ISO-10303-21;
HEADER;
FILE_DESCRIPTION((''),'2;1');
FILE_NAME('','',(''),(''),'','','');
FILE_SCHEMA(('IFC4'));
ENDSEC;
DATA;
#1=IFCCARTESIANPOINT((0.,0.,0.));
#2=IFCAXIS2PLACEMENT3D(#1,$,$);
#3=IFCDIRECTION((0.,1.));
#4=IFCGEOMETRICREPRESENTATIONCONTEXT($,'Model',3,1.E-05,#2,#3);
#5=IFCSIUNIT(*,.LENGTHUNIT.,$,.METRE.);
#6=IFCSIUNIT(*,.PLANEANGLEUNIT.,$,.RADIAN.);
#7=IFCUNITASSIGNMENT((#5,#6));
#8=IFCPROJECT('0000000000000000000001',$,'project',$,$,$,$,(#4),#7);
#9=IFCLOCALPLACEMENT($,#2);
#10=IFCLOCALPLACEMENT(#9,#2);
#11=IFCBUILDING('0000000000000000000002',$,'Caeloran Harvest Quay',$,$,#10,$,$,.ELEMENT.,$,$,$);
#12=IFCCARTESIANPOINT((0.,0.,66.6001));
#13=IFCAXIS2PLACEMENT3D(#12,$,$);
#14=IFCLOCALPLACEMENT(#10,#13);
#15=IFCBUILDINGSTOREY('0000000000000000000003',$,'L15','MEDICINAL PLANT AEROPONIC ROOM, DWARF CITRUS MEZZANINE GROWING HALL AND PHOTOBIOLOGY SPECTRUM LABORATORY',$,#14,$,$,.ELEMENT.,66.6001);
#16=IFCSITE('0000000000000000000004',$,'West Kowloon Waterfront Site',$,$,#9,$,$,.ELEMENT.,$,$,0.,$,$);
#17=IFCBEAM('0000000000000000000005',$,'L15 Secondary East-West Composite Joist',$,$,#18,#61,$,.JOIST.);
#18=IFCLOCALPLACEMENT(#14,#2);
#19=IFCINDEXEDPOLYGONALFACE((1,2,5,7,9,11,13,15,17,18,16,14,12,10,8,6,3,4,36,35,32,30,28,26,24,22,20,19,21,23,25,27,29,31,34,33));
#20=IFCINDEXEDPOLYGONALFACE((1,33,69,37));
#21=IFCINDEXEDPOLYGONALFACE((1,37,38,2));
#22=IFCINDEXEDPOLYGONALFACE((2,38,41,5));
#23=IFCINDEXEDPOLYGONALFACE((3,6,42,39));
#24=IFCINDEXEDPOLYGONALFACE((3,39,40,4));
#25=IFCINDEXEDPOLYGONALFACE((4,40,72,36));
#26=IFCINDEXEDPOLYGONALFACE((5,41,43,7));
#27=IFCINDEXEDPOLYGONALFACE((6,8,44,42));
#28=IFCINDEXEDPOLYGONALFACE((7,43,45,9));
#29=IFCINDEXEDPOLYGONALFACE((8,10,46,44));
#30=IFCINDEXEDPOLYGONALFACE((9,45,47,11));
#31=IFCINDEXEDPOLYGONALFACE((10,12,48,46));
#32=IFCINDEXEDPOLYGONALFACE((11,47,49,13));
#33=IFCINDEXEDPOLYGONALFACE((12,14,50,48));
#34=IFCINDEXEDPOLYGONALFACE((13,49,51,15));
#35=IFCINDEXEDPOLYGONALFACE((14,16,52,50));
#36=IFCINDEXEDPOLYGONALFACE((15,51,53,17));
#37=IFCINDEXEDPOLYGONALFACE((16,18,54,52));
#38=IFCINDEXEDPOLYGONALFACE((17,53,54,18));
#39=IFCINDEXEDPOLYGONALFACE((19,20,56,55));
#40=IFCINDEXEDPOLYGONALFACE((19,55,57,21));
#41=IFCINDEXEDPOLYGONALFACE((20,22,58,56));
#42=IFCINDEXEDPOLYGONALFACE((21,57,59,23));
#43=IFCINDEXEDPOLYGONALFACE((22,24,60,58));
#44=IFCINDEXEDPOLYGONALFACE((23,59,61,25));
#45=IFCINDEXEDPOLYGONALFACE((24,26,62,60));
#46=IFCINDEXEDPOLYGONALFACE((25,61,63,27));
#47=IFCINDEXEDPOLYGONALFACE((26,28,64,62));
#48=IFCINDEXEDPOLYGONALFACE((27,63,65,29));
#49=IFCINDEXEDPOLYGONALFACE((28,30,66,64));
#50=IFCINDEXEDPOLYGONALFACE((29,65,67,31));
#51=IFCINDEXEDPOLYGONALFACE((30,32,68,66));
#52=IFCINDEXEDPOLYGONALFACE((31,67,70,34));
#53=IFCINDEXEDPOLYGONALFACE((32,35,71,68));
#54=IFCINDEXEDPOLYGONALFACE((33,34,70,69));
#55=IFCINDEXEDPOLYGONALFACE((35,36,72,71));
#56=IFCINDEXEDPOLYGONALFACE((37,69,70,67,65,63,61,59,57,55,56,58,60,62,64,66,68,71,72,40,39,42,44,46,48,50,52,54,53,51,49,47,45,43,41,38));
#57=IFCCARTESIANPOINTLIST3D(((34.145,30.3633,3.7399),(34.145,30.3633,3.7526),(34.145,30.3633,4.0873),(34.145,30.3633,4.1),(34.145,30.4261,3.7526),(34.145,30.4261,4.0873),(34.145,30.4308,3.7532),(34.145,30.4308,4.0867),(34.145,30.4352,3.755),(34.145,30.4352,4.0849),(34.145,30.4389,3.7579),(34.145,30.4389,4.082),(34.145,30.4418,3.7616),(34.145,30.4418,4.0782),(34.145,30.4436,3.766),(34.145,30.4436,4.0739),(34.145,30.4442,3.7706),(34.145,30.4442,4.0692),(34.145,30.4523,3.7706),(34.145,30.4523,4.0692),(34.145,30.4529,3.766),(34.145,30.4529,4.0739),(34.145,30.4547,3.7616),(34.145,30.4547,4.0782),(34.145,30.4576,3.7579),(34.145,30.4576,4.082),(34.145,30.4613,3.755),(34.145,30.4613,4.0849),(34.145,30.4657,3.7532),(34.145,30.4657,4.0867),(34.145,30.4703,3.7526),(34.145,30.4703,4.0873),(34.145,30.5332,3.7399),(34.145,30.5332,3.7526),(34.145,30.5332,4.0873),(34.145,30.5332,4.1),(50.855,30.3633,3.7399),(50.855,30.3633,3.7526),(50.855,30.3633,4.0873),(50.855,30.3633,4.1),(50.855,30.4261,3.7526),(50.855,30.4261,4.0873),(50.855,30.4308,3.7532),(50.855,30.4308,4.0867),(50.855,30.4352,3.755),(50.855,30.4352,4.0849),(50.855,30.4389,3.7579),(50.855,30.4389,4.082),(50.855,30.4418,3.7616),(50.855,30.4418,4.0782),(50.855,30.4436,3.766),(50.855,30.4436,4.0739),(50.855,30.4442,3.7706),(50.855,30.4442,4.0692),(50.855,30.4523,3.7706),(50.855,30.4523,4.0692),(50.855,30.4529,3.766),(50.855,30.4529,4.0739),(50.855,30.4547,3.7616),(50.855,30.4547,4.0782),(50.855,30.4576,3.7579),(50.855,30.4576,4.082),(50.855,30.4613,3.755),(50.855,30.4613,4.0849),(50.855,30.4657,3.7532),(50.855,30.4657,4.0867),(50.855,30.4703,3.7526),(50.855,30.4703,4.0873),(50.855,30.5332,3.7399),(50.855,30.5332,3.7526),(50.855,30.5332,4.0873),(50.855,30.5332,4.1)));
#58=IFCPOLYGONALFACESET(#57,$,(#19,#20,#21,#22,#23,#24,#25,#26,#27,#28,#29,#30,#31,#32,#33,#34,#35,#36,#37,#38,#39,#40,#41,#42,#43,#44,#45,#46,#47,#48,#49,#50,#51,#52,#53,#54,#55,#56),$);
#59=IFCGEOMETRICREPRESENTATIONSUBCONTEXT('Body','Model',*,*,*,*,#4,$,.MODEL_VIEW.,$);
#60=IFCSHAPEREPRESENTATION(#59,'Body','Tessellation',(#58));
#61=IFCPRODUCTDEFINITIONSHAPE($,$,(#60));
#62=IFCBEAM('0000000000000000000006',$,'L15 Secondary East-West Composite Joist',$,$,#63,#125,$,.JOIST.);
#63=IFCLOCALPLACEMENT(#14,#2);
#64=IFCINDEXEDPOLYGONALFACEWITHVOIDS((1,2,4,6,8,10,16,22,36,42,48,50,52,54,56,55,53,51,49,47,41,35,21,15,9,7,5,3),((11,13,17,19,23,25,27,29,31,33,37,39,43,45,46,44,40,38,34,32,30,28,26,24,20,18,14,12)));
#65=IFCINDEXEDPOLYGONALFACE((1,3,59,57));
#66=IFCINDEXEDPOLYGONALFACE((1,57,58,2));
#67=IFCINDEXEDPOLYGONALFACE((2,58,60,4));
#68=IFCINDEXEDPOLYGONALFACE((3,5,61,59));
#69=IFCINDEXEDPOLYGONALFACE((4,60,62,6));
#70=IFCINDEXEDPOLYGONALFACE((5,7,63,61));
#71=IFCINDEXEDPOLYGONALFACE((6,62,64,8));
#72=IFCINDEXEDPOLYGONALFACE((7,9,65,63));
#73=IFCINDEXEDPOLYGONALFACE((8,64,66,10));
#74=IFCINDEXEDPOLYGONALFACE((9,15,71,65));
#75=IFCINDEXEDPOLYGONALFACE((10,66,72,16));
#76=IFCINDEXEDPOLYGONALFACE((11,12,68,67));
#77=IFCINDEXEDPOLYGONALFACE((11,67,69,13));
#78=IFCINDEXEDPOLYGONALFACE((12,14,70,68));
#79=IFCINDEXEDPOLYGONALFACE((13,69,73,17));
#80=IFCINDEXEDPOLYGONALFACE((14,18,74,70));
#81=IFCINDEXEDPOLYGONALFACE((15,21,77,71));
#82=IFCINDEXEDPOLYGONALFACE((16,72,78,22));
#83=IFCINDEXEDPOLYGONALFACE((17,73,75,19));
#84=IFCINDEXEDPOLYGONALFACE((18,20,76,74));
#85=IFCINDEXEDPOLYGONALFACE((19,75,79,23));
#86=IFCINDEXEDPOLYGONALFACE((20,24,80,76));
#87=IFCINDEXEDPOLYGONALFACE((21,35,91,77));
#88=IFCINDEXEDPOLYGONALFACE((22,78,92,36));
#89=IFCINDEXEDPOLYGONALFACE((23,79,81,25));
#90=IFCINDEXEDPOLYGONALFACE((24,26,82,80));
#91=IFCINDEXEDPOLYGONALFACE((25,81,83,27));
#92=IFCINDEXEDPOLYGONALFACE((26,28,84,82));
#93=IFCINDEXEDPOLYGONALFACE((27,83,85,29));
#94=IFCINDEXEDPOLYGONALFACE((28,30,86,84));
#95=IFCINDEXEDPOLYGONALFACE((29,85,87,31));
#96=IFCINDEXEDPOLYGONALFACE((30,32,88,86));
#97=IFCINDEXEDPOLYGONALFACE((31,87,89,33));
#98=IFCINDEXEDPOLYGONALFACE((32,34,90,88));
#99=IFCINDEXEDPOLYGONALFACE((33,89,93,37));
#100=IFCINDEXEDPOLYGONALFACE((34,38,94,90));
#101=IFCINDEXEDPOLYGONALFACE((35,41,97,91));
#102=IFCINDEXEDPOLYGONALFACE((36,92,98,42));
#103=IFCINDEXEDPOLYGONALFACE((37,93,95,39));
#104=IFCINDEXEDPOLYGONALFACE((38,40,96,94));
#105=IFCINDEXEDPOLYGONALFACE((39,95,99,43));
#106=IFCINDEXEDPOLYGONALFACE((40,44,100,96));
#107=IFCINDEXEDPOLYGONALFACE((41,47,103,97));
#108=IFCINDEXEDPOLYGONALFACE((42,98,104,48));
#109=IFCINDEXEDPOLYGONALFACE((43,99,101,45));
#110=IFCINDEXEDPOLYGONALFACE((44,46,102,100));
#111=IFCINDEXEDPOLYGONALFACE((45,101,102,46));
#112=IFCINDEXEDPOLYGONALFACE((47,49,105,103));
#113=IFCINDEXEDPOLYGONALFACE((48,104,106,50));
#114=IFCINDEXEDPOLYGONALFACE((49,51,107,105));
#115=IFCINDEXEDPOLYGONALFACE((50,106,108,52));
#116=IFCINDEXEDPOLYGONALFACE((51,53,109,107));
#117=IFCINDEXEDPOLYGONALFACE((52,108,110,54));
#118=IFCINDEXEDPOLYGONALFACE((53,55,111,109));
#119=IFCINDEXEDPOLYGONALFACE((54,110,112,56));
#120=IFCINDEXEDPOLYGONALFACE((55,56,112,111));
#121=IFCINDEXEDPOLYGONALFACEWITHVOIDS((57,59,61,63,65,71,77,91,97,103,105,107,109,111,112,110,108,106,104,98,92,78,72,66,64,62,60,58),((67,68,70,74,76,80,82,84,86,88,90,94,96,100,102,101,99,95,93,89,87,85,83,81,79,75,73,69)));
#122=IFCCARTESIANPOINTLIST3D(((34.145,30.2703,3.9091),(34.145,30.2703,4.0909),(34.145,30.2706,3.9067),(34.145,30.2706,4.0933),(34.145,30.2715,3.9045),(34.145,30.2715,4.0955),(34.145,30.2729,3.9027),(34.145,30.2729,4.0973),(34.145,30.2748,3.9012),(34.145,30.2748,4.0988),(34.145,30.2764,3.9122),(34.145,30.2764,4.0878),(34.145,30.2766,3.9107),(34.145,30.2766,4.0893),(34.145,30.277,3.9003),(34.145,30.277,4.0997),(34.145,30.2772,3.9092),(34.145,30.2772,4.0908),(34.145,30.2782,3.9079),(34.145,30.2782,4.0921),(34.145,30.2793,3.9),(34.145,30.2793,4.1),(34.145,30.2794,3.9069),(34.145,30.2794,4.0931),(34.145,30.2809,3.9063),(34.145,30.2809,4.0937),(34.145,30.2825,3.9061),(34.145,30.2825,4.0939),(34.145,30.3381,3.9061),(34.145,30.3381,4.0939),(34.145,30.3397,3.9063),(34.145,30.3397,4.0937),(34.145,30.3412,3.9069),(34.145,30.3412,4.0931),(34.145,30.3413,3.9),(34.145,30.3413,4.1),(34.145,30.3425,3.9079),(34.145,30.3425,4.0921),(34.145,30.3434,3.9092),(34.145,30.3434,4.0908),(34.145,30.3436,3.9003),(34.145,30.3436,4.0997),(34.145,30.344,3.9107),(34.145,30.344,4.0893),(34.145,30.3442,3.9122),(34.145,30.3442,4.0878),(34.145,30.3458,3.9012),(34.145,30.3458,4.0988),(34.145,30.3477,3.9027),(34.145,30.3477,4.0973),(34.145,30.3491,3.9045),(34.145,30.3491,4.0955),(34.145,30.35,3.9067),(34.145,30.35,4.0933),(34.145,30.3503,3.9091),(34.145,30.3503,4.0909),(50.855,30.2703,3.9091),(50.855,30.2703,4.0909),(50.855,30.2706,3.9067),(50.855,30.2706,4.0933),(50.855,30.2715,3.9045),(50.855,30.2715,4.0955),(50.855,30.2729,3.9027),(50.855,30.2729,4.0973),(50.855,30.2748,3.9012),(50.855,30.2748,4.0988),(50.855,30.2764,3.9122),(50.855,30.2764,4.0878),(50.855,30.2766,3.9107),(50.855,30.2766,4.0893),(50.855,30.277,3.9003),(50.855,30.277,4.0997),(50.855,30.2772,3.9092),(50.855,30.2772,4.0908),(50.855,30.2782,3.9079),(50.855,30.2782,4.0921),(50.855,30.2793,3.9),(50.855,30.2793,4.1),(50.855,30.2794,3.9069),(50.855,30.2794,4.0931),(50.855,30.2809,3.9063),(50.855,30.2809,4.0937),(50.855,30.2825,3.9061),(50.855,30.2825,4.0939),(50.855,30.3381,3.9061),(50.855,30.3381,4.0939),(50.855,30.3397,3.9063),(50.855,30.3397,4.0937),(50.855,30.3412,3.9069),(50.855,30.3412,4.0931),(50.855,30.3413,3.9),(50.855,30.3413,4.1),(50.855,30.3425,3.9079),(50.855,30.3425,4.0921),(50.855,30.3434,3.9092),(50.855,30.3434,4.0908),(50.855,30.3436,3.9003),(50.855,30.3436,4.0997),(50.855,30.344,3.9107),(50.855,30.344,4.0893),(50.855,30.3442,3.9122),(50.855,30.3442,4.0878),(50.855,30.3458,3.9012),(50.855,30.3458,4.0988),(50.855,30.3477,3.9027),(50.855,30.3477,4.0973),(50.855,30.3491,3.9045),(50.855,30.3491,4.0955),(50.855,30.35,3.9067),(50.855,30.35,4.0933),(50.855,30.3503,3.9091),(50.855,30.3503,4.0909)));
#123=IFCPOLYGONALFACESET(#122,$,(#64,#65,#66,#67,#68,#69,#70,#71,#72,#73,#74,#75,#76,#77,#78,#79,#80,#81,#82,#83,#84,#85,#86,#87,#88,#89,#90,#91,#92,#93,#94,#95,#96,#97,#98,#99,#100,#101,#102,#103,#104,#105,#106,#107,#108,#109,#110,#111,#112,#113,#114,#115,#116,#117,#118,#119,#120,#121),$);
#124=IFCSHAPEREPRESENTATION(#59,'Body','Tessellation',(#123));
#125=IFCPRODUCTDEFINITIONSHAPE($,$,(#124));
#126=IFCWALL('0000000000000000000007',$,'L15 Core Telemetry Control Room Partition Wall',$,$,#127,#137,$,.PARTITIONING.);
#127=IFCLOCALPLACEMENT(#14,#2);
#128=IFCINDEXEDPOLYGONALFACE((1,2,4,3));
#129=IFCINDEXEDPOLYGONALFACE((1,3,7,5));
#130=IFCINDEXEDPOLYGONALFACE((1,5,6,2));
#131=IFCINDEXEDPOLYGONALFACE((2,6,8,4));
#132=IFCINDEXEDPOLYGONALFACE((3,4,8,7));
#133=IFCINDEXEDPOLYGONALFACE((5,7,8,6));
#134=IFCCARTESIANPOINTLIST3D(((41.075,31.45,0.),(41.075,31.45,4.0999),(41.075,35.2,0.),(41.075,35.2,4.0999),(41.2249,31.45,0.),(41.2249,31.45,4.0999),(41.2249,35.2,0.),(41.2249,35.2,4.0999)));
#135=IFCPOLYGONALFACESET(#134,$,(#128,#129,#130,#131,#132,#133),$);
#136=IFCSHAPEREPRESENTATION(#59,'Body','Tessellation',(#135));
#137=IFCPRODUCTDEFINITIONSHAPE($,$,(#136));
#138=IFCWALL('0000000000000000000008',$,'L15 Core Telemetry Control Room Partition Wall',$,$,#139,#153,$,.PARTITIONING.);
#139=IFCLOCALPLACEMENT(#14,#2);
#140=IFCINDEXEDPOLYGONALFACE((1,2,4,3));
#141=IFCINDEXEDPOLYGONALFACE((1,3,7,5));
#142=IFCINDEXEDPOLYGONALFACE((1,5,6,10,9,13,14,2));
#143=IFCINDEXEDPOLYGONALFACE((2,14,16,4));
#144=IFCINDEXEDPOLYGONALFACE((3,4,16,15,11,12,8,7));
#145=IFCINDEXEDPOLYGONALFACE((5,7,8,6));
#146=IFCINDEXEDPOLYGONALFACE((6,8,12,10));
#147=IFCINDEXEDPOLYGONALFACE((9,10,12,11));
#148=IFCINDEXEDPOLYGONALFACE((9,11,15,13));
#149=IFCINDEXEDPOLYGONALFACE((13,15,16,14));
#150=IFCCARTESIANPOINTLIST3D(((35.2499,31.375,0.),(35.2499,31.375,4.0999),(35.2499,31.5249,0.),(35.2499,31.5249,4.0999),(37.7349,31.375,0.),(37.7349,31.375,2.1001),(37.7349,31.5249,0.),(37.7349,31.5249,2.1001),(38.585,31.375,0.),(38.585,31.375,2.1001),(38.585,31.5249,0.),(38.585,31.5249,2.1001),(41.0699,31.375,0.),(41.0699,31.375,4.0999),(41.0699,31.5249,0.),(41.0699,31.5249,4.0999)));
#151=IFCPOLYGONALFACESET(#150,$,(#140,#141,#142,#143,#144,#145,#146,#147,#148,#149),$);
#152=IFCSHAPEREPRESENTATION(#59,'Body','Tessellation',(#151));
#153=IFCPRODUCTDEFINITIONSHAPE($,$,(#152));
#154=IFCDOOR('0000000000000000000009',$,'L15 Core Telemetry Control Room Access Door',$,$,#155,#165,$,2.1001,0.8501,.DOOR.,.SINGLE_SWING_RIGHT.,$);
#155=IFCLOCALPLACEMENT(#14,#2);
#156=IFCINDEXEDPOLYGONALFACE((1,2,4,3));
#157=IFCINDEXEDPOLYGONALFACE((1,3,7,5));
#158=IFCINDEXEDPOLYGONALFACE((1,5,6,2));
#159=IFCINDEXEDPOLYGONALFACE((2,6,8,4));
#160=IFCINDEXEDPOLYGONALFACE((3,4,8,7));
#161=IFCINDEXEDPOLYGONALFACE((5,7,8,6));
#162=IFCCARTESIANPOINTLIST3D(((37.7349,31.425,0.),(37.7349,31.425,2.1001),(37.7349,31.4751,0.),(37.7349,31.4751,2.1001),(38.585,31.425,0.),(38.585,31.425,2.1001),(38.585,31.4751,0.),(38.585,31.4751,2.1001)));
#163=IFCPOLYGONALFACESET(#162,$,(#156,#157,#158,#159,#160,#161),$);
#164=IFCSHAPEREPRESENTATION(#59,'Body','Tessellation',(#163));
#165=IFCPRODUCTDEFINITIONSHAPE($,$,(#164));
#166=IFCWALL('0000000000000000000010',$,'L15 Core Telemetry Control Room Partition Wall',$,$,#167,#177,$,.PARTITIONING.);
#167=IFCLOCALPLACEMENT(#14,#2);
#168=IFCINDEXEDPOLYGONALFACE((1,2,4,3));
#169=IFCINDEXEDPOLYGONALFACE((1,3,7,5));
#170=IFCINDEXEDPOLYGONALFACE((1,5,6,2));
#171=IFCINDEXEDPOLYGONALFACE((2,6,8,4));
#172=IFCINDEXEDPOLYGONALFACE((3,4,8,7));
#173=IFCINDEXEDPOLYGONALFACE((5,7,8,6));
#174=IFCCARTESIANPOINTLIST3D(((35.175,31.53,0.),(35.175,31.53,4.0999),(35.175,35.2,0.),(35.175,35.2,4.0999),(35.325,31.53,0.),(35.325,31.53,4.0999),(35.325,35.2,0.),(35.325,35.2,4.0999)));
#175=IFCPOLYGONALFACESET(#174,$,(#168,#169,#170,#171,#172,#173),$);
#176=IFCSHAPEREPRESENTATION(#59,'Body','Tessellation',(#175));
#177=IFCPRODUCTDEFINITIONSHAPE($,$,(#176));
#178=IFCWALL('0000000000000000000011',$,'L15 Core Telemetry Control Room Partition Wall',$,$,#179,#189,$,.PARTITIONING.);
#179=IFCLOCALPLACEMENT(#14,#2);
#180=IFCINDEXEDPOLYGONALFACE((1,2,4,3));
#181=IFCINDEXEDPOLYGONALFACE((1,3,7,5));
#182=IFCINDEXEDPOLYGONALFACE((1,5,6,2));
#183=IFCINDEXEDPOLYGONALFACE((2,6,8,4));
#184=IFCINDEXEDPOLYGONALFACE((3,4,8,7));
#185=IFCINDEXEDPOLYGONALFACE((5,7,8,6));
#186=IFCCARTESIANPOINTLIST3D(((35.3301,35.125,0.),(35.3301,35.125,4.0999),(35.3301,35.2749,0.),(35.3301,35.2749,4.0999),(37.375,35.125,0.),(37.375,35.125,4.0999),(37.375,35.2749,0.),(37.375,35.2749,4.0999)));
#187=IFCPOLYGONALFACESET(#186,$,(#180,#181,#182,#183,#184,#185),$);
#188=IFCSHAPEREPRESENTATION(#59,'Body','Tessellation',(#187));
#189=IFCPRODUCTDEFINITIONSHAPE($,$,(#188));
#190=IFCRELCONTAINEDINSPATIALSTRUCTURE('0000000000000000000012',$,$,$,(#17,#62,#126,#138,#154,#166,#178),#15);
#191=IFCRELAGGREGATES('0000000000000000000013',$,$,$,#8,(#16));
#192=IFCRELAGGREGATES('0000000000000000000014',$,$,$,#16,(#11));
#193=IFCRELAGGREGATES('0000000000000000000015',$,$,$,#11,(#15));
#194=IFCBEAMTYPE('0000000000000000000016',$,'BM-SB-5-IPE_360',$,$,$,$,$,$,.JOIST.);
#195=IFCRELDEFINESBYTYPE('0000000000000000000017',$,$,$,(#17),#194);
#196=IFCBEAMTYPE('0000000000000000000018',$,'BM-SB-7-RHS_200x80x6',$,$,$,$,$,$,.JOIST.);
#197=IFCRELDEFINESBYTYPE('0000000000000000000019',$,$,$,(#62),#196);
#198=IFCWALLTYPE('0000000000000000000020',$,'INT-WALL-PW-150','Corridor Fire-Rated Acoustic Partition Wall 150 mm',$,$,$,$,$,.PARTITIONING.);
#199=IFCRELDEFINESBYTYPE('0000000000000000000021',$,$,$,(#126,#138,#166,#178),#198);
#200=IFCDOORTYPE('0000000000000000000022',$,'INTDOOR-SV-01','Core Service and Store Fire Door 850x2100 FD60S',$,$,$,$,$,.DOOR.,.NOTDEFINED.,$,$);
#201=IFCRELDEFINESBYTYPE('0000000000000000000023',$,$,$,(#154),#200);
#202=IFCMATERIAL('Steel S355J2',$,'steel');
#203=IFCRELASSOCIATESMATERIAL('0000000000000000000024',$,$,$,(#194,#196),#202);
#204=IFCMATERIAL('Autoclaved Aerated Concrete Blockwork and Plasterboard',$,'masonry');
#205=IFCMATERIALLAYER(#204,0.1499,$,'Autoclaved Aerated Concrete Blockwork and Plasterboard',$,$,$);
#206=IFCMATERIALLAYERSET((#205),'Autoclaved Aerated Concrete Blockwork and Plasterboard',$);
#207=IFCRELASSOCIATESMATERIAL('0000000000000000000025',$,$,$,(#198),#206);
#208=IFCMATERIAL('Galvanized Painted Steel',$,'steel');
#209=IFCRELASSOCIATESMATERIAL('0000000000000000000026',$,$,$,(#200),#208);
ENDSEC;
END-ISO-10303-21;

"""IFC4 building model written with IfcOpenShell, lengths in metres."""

from ifc_helpers import new_model, si_unit, direction, frame, frame_2d, origin, origin_2d, place, context, subcontext, project, spatial, rectangle, hollow_rectangle, i_section, extrude, material, layer, layer_set, material_profile, profile_set, type_object, element, fill, save


model = new_model("IFC4")

# Units and contexts
model_context = context("Model", 3, precision=1e-05, world=origin(), true_north=direction((0.0, 1.0)))
body_context = subcontext(model_context, "Body", "Model", "MODEL_VIEW")
ifc_project = project(units=[si_unit("LENGTHUNIT", "METRE"), si_unit("PLANEANGLEUNIT", "RADIAN")], contexts=[model_context])

# Site, building, storey
site_placement = place(None, origin())
site = spatial("IfcSite", under=ifc_project, at=site_placement, Name="West Kowloon Waterfront Site", CompositionType="ELEMENT", RefElevation=0.0)
building_placement = place(site_placement, origin())
building = spatial("IfcBuilding", under=site, at=building_placement, Name="Caeloran Harvest Quay", CompositionType="ELEMENT")
storey_placement = place(building_placement, frame((0.0, 0.0, 66.6001)))
storey = spatial("IfcBuildingStorey", under=building, at=storey_placement, Name="L15", Description="MEDICINAL PLANT AEROPONIC ROOM, DWARF CITRUS MEZZANINE GROWING HALL AND PHOTOBIOLOGY SPECTRUM LABORATORY", CompositionType="ELEMENT", Elevation=66.6001)

# Beams
ifc_material_1 = material(Name="Steel S355J2", Category="steel")
ifc_material_profile_1 = material_profile(ifc_material_1, i_section(OverallWidth=0.1699, OverallDepth=0.3601, WebThickness=0.0081, FlangeThickness=0.0127, FilletRadius=0.0181, at=origin_2d()), Name="IPE 360")
ifc_profile_set_1 = profile_set([ifc_material_profile_1], Name="Steel S355J2")
beam_type_1 = type_object("IfcBeamType", Name="BM-SB-5-IPE_360", PredefinedType="JOIST", material=ifc_profile_set_1)
for number, where, z_axis, x_axis, name in (
    (1, (34.145, 30.4482, 3.9199), (1.0, 0.0, 0.0), (0.0, 1.0, 0.0), "L15 Secondary East-West Composite Joist"),
):
    element("IfcBeam", number, at=place(storey_placement, frame(where, z_axis=z_axis, x_axis=x_axis)), inside=storey, type_object=beam_type_1, Name=name, PredefinedType="JOIST", context=body_context, shape_type="SweptSolid", body=[
        extrude(i_section(OverallWidth=0.1699, OverallDepth=0.3601, WebThickness=0.0081, FlangeThickness=0.0127, FilletRadius=0.0181, at=origin_2d()), origin(), (0.0, 0.0, 1.0), 16.71),
    ])
ifc_material_profile_2 = material_profile(ifc_material_1, hollow_rectangle(XDim=0.0801, YDim=0.2, WallThickness=0.0061, InnerFilletRadius=0.0061, OuterFilletRadius=0.009, at=origin_2d()), Name="RHS 200x80x6")
ifc_profile_set_2 = profile_set([ifc_material_profile_2], Name="Steel S355J2")
beam_type_2 = type_object("IfcBeamType", Name="BM-SB-7-RHS_200x80x6", PredefinedType="JOIST", material=ifc_profile_set_2)
beam_1_placement = place(storey_placement, frame((34.145, 30.3103, 4.0), z_axis=(1.0, 0.0, 0.0), x_axis=(0.0, 1.0, 0.0)))
element("IfcBeam", 2, at=beam_1_placement, inside=storey, type_object=beam_type_2, Name="L15 Secondary East-West Composite Joist", PredefinedType="JOIST", context=body_context, shape_type="SweptSolid", body=[
    extrude(hollow_rectangle(XDim=0.0801, YDim=0.2, WallThickness=0.0061, InnerFilletRadius=0.0061, OuterFilletRadius=0.009, at=origin_2d()), origin(), (0.0, 0.0, 1.0), 16.71),
])

# Wall
ifc_material_2 = material(Name="Autoclaved Aerated Concrete Blockwork and Plasterboard", Category="masonry")
ifc_layer_1 = layer(ifc_material_2, 0.1499, Name="Autoclaved Aerated Concrete Blockwork and Plasterboard")
ifc_layer_set_1 = layer_set([ifc_layer_1], Name="Autoclaved Aerated Concrete Blockwork and Plasterboard")
wall_type_1 = type_object("IfcWallType", Name="INT-WALL-PW-150", Description="Corridor Fire-Rated Acoustic Partition Wall 150 mm", PredefinedType="PARTITIONING", material=ifc_layer_set_1)
wall_1_placement = place(storey_placement, frame((41.1499, 35.2, 0.0), z_axis=(0.0, 0.0, 1.0), x_axis=(0.0, -1.0, 0.0)))
element("IfcWall", 3, at=wall_1_placement, inside=storey, type_object=wall_type_1, Name="L15 Core Telemetry Control Room Partition Wall", PredefinedType="PARTITIONING", context=body_context, shape_type="SweptSolid", body=[
    extrude(rectangle(XDim=3.75, YDim=0.1499, at=frame_2d((1.875, 0.0))), origin(), (0.0, 0.0, 1.0), 4.0999),
])

# Wall, opening, door
wall_2_placement = place(storey_placement, frame((41.0701, 31.45, 0.0), z_axis=(0.0, 0.0, 1.0), x_axis=(-1.0, 0.0, 0.0)))
wall_2 = element("IfcWall", 4, at=wall_2_placement, inside=storey, type_object=wall_type_1, Name="L15 Core Telemetry Control Room Partition Wall", PredefinedType="PARTITIONING", context=body_context, shape_type="SweptSolid", body=[
    extrude(rectangle(XDim=5.8201, YDim=0.1499, at=frame_2d((2.9102, 0.0))), origin(), (0.0, 0.0, 1.0), 4.0999),
])
opening_1_placement = place(wall_2_placement, frame((2.4851, 0.0, 0.0)))
opening_1 = element("IfcOpeningElement", 5, at=opening_1_placement, cuts=wall_2, PredefinedType="OPENING", context=body_context, shape_type="SweptSolid", body=[
    extrude(rectangle(XDim=0.8501, YDim=2.1001, at=frame_2d((0.425, 1.05))), frame((0.0, 0.085, 0.0), z_axis=(0.0, -1.0, 0.0), x_axis=(1.0, 0.0, 0.0)), (0.0, 0.0, 1.0), 0.1699),
])
ifc_material_3 = material(Name="Galvanized Painted Steel", Category="steel")
door_type_1 = type_object("IfcDoorType", Name="INTDOOR-SV-01", Description="Core Service and Store Fire Door 850x2100 FD60S", OperationType="NOTDEFINED", PredefinedType="DOOR", material=ifc_material_3)
door_1_placement = place(opening_1_placement, origin())
door_1 = element("IfcDoor", 6, at=door_1_placement, inside=storey, type_object=door_type_1, Name="L15 Core Telemetry Control Room Access Door", OperationType="SINGLE_SWING_RIGHT", OverallHeight=2.1001, OverallWidth=0.8501, PredefinedType="DOOR", context=body_context, shape_type="SweptSolid", body=[
    extrude(rectangle(XDim=0.8501, YDim=2.1001, at=frame_2d((0.425, 1.05))), frame((0.0, 0.0249, 0.0), z_axis=(0.0, -1.0, 0.0), x_axis=(1.0, 0.0, 0.0)), (0.0, 0.0, 1.0), 0.05),
])
fill(opening_1, door_1)

# Walls
wall_3_placement = place(storey_placement, frame((35.25, 31.53, 0.0), z_axis=(0.0, 0.0, 1.0), x_axis=(0.0, 1.0, 0.0)))
element("IfcWall", 7, at=wall_3_placement, inside=storey, type_object=wall_type_1, Name="L15 Core Telemetry Control Room Partition Wall", PredefinedType="PARTITIONING", context=body_context, shape_type="SweptSolid", body=[
    extrude(rectangle(XDim=3.6699, YDim=0.1499, at=frame_2d((1.835, 0.0))), origin(), (0.0, 0.0, 1.0), 4.0999),
])
wall_4_placement = place(storey_placement, frame((35.3301, 35.2, 0.0), z_axis=(0.0, 0.0, 1.0), x_axis=(1.0, 0.0, 0.0)))
element("IfcWall", 8, at=wall_4_placement, inside=storey, type_object=wall_type_1, Name="L15 Core Telemetry Control Room Partition Wall", PredefinedType="PARTITIONING", context=body_context, shape_type="SweptSolid", body=[
    extrude(rectangle(XDim=2.0449, YDim=0.1499, at=frame_2d((1.0225, 0.0))), origin(), (0.0, 0.0, 1.0), 4.0999),
])

save(model, "model.ifc")
